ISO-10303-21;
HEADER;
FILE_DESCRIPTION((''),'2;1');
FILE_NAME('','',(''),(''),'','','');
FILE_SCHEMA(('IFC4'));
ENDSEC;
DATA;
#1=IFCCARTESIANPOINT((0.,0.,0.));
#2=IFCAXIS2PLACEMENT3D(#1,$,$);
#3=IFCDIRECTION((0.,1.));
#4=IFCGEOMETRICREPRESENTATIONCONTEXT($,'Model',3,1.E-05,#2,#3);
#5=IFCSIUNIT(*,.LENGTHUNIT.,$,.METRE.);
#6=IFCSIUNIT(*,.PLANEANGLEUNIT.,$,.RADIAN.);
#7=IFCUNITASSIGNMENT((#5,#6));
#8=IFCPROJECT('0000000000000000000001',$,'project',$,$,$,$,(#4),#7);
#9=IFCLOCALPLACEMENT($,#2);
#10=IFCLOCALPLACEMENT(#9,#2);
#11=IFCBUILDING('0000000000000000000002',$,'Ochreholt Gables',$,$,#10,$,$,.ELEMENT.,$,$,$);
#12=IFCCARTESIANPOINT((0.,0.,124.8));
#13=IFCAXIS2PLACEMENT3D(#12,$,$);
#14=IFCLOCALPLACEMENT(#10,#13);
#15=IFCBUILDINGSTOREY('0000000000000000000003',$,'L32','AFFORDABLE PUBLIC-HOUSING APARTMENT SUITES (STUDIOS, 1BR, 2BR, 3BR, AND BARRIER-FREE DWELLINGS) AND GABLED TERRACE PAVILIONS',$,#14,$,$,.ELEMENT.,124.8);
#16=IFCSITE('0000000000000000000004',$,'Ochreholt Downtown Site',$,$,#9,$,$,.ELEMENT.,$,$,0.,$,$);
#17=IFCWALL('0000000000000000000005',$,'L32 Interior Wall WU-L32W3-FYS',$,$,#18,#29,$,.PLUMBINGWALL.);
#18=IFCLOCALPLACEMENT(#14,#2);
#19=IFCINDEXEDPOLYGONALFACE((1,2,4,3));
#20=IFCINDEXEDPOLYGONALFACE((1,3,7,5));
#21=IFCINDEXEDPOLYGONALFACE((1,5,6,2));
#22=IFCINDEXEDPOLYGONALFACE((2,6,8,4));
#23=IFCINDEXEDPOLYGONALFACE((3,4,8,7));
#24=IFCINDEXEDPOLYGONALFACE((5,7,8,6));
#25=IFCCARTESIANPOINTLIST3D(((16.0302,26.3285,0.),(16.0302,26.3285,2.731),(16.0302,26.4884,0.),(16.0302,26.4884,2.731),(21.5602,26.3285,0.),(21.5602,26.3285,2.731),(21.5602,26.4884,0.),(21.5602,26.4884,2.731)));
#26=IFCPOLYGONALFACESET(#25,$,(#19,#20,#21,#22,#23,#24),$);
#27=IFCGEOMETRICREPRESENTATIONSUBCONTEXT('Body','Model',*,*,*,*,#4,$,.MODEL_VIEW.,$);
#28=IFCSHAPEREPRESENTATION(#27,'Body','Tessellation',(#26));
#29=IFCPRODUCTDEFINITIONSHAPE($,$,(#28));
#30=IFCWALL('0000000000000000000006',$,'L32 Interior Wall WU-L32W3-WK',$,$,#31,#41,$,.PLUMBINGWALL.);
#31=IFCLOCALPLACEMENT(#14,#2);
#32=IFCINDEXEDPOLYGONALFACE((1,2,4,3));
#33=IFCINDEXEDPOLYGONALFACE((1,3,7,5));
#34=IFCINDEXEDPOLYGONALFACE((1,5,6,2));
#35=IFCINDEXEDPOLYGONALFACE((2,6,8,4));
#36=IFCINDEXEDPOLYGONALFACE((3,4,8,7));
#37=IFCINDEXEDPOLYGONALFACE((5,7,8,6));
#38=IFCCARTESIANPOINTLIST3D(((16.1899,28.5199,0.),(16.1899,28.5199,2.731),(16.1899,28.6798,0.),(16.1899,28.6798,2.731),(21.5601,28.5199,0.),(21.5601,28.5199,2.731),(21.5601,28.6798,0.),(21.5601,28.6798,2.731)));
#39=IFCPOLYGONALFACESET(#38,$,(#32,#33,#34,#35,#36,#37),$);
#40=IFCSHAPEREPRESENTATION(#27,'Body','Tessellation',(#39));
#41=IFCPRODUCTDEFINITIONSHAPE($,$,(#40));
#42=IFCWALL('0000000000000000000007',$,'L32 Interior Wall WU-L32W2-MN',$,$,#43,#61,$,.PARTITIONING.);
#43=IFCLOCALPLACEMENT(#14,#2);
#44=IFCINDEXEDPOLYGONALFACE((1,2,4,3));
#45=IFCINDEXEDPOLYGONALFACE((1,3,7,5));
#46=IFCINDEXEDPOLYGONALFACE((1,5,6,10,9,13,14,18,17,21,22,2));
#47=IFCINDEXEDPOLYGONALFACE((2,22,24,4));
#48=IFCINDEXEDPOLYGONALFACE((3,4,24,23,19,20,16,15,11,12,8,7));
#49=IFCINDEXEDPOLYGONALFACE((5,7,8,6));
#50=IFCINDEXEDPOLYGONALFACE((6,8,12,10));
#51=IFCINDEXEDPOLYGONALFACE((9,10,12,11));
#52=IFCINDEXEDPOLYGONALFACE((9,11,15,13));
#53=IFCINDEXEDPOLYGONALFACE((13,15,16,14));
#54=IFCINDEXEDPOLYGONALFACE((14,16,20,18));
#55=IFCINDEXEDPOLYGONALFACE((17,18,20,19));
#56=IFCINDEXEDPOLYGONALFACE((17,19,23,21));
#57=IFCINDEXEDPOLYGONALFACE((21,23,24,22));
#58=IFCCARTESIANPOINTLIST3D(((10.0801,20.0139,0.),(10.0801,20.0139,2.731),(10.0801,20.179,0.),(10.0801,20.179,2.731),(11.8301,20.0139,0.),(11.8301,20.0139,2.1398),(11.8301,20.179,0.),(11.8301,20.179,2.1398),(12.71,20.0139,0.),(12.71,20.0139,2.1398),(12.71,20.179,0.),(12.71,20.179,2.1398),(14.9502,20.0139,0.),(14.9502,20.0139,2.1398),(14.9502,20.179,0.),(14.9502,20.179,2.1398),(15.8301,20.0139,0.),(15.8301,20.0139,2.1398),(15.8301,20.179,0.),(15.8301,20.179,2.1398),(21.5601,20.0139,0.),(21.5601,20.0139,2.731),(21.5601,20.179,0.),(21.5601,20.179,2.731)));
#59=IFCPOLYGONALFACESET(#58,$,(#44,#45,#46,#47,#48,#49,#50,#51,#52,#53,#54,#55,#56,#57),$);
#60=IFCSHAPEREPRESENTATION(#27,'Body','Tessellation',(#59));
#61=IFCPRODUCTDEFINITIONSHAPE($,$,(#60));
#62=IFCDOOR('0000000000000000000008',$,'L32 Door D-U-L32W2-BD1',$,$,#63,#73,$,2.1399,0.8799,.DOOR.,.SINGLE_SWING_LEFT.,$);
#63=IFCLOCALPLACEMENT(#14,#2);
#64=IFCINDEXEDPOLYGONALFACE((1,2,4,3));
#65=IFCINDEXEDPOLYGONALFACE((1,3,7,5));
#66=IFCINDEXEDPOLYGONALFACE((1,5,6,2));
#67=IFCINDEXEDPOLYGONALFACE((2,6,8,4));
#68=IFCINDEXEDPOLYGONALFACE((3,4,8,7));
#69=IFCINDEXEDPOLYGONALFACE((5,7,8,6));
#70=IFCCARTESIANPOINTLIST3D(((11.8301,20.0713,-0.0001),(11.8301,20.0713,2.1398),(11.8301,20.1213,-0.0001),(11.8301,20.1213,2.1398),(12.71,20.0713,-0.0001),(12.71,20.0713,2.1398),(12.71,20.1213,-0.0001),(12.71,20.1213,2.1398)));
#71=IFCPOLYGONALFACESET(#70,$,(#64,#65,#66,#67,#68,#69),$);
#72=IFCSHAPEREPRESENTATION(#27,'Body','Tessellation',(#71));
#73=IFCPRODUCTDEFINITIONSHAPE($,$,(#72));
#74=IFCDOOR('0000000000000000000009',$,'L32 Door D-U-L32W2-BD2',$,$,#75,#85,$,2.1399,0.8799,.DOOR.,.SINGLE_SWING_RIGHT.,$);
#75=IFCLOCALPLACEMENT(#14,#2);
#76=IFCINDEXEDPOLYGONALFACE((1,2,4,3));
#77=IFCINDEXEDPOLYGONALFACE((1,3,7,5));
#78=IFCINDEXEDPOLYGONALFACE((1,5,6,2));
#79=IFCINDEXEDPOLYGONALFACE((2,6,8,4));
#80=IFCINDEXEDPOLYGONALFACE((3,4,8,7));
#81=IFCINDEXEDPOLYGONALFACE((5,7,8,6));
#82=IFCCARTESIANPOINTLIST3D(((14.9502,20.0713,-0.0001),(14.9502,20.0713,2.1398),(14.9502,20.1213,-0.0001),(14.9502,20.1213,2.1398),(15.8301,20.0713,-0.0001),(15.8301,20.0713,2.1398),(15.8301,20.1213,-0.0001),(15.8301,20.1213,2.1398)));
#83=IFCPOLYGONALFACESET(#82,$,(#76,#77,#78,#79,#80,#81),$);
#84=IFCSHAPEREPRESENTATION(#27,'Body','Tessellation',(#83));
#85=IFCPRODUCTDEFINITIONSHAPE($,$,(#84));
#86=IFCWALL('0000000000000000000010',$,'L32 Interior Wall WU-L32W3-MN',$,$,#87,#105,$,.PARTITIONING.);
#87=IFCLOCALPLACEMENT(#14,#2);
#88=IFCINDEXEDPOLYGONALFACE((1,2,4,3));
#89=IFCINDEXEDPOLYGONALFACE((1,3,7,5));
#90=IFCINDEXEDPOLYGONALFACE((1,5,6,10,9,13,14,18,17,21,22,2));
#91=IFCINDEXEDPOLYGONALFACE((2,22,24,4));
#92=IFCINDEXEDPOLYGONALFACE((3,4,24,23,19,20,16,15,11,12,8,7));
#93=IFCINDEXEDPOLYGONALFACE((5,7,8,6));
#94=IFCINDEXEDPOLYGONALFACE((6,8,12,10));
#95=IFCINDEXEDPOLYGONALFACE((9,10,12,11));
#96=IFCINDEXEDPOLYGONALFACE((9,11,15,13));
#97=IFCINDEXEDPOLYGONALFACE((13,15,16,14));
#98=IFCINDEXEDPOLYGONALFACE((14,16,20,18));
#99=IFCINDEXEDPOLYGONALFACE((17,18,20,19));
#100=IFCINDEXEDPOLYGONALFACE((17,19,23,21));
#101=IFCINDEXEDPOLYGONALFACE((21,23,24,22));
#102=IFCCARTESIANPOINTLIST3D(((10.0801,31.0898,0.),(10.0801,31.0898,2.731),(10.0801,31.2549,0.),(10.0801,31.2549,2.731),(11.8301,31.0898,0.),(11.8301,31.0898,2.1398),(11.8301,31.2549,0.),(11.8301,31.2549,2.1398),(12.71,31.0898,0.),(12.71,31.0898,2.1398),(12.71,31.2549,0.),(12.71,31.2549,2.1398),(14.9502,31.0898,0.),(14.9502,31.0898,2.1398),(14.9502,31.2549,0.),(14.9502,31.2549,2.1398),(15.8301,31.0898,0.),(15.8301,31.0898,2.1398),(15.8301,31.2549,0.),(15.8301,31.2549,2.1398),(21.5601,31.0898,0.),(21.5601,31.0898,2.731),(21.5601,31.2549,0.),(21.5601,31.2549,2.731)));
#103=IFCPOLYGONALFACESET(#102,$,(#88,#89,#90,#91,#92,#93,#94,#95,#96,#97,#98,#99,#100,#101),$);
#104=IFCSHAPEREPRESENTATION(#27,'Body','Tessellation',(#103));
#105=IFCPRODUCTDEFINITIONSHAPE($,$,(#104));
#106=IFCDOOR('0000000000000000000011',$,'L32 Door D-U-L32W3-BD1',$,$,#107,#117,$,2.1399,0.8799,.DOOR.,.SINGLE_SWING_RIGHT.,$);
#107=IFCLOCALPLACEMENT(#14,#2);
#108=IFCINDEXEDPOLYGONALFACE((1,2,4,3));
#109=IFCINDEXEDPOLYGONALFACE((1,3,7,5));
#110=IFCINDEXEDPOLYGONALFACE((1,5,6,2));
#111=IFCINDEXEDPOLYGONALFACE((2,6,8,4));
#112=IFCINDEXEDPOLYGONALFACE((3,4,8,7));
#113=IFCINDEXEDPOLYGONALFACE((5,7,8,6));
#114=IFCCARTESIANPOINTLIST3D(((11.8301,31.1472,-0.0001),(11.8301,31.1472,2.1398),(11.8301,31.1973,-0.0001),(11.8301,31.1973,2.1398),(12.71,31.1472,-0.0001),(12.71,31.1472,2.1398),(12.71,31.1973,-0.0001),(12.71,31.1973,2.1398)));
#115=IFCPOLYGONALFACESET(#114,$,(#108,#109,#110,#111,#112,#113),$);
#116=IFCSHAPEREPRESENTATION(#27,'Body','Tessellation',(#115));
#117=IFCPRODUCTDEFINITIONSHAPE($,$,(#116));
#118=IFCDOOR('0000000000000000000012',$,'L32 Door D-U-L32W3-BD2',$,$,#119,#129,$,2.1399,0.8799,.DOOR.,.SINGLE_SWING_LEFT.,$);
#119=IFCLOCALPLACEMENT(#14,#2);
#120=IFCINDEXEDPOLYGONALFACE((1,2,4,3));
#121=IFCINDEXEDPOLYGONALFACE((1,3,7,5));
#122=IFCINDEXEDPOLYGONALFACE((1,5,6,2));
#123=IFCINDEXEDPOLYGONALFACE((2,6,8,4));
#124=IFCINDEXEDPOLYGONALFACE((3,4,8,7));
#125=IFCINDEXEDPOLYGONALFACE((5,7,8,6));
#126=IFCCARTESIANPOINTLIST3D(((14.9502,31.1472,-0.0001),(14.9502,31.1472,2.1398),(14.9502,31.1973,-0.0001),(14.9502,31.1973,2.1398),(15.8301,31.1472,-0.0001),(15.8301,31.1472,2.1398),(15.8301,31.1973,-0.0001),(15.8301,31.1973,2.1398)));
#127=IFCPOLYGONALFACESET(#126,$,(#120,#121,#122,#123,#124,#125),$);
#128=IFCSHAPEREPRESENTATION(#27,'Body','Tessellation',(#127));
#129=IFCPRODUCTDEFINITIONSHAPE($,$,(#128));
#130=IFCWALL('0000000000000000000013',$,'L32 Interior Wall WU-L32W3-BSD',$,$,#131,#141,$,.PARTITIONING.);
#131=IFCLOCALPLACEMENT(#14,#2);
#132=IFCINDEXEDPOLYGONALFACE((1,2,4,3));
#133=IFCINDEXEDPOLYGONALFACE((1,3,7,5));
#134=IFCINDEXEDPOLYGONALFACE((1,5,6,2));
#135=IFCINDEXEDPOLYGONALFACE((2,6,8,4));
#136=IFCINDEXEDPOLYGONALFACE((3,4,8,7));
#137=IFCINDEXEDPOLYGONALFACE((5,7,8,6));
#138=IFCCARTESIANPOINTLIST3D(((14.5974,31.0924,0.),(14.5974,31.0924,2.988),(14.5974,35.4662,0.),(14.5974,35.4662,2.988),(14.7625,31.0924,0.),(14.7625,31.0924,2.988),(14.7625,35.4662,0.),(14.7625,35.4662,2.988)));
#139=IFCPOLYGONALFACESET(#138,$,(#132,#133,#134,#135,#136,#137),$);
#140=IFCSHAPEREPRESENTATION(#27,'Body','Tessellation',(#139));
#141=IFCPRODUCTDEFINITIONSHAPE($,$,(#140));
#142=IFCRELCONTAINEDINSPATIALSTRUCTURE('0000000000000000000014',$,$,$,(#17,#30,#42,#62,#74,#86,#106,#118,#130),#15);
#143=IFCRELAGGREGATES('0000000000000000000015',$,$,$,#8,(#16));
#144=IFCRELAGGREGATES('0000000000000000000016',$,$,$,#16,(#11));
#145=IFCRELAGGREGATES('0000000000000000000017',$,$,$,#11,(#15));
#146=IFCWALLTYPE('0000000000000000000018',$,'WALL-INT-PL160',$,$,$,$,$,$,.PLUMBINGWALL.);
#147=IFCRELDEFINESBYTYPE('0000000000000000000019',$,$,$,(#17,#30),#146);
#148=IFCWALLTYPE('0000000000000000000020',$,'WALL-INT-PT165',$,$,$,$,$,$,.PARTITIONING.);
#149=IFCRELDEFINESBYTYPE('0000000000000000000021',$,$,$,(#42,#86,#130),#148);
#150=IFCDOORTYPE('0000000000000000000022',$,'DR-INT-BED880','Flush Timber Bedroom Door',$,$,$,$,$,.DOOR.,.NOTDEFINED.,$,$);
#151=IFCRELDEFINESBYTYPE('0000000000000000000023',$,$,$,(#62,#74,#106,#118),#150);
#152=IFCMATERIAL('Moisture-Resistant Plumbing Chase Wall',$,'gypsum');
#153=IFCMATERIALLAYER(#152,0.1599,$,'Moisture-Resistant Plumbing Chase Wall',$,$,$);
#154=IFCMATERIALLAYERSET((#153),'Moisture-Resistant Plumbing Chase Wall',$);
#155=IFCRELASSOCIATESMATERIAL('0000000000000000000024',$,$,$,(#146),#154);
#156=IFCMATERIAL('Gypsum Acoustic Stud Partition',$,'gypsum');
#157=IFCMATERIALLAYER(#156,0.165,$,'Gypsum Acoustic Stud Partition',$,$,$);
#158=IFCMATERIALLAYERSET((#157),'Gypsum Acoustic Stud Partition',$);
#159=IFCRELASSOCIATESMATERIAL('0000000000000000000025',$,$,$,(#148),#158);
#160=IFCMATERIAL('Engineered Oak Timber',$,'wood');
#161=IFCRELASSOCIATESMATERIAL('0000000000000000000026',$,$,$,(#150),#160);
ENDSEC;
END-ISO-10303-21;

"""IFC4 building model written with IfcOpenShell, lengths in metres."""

from ifc_helpers import new_model, si_unit, direction, frame, frame_2d, origin, place, context, subcontext, project, spatial, rectangle, extrude, material, layer, layer_set, type_object, element, fill, save


model = new_model("IFC4")

# Units and contexts
model_context = context("Model", 3, precision=1e-05, world=origin(), true_north=direction((0.0, 1.0)))
body_context = subcontext(model_context, "Body", "Model", "MODEL_VIEW")
ifc_project = project(units=[si_unit("LENGTHUNIT", "METRE"), si_unit("PLANEANGLEUNIT", "RADIAN")], contexts=[model_context])

# Site, building, storey
site_placement = place(None, origin())
site = spatial("IfcSite", under=ifc_project, at=site_placement, Name="Ochreholt Downtown Site", CompositionType="ELEMENT", RefElevation=0.0)
building_placement = place(site_placement, origin())
building = spatial("IfcBuilding", under=site, at=building_placement, Name="Ochreholt Gables", CompositionType="ELEMENT")
storey_placement = place(building_placement, frame((0.0, 0.0, 124.8)))
storey = spatial("IfcBuildingStorey", under=building, at=storey_placement, Name="L32", Description="AFFORDABLE PUBLIC-HOUSING APARTMENT SUITES (STUDIOS, 1BR, 2BR, 3BR, AND BARRIER-FREE DWELLINGS) AND GABLED TERRACE PAVILIONS", CompositionType="ELEMENT", Elevation=124.8)

# Wall
ifc_material_1 = material(Name="Moisture-Resistant Plumbing Chase Wall", Category="gypsum")
ifc_layer_1 = layer(ifc_material_1, 0.1599, Name="Moisture-Resistant Plumbing Chase Wall")
ifc_layer_set_1 = layer_set([ifc_layer_1], Name="Moisture-Resistant Plumbing Chase Wall")
wall_type_1 = type_object("IfcWallType", Name="WALL-INT-PL160", PredefinedType="PLUMBINGWALL", material=ifc_layer_set_1)
wall_1_placement = place(storey_placement, frame((16.03, 26.4084, 0.0), z_axis=(0.0, 0.0, 1.0), x_axis=(1.0, 0.0, 0.0)))
element("IfcWall", 1, at=wall_1_placement, inside=storey, type_object=wall_type_1, Name="L32 Interior Wall WU-L32W3-FYS", PredefinedType="PLUMBINGWALL", context=body_context, shape_type="SweptSolid", body=[
    extrude(rectangle(XDim=5.53, YDim=0.1599, at=frame_2d((2.7651, 0.0))), origin(), (0.0, 0.0, 1.0), 2.731),
])

# Shared definitions
ifc_material_2 = material(Name="Engineered Oak Timber", Category="wood")

# Wall
wall_2_placement = place(storey_placement, frame((16.1899, 28.5999, 0.0), z_axis=(0.0, 0.0, 1.0), x_axis=(1.0, 0.0, 0.0)))
element("IfcWall", 2, at=wall_2_placement, inside=storey, type_object=wall_type_1, Name="L32 Interior Wall WU-L32W3-WK", PredefinedType="PLUMBINGWALL", context=body_context, shape_type="SweptSolid", body=[
    extrude(rectangle(XDim=5.3701, YDim=0.1599, at=frame_2d((2.6851, 0.0))), origin(), (0.0, 0.0, 1.0), 2.731),
])

# Walls, openings, doors
ifc_material_3 = material(Name="Gypsum Acoustic Stud Partition", Category="gypsum")
ifc_layer_2 = layer(ifc_material_3, 0.165, Name="Gypsum Acoustic Stud Partition")
ifc_layer_set_2 = layer_set([ifc_layer_2], Name="Gypsum Acoustic Stud Partition")
wall_type_2 = type_object("IfcWallType", Name="WALL-INT-PT165", PredefinedType="PARTITIONING", material=ifc_layer_set_2)
wall_3_placement = place(storey_placement, frame((10.0801, 20.0964, 0.0), z_axis=(0.0, 0.0, 1.0), x_axis=(1.0, 0.0, 0.0)))
wall_3 = element("IfcWall", 3, at=wall_3_placement, inside=storey, type_object=wall_type_2, Name="L32 Interior Wall WU-L32W2-MN", PredefinedType="PARTITIONING", context=body_context, shape_type="SweptSolid", body=[
    extrude(rectangle(XDim=11.48, YDim=0.165, at=frame_2d((5.74, 0.0))), origin(), (0.0, 0.0, 1.0), 2.731),
])
opening_1_placement = place(wall_3_placement, frame((1.75, 0.0, 0.0)))
opening_1 = element("IfcOpeningElement", 4, at=opening_1_placement, cuts=wall_3, PredefinedType="OPENING", context=body_context, shape_type="SweptSolid", body=[
    extrude(rectangle(XDim=0.8799, YDim=2.1399, at=frame_2d((0.4399, 1.0698))), frame((0.0, 0.0925, 0.0), z_axis=(0.0, -1.0, 0.0), x_axis=(1.0, 0.0, 0.0)), (0.0, 0.0, 1.0), 0.1851),
])
opening_2_placement = place(wall_3_placement, frame((4.8701, 0.0, 0.0)))
opening_2 = element("IfcOpeningElement", 5, at=opening_2_placement, cuts=wall_3, PredefinedType="OPENING", context=body_context, shape_type="SweptSolid", body=[
    extrude(rectangle(XDim=0.8799, YDim=2.1399, at=frame_2d((0.4399, 1.0698))), frame((0.0, 0.0925, 0.0), z_axis=(0.0, -1.0, 0.0), x_axis=(1.0, 0.0, 0.0)), (0.0, 0.0, 1.0), 0.1851),
])
door_type_1 = type_object("IfcDoorType", Name="DR-INT-BED880", Description="Flush Timber Bedroom Door", OperationType="NOTDEFINED", PredefinedType="DOOR", material=ifc_material_2)
door_1_placement = place(opening_1_placement, origin())
door_1 = element("IfcDoor", 6, at=door_1_placement, inside=storey, type_object=door_type_1, Name="L32 Door D-U-L32W2-BD1", OperationType="SINGLE_SWING_LEFT", OverallHeight=2.1399, OverallWidth=0.8799, PredefinedType="DOOR", context=body_context, shape_type="SweptSolid", body=[
    extrude(rectangle(XDim=0.8799, YDim=2.1399, at=frame_2d((0.4399, 1.0698))), frame((0.0, 0.0249, 0.0), z_axis=(0.0, -1.0, 0.0), x_axis=(1.0, 0.0, 0.0)), (0.0, 0.0, 1.0), 0.05),
])
fill(opening_1, door_1)
door_2_placement = place(opening_2_placement, origin())
door_2 = element("IfcDoor", 7, at=door_2_placement, inside=storey, type_object=door_type_1, Name="L32 Door D-U-L32W2-BD2", OperationType="SINGLE_SWING_RIGHT", OverallHeight=2.1399, OverallWidth=0.8799, PredefinedType="DOOR", context=body_context, shape_type="SweptSolid", body=[
    extrude(rectangle(XDim=0.8799, YDim=2.1399, at=frame_2d((0.4399, 1.0698))), frame((0.0, 0.0249, 0.0), z_axis=(0.0, -1.0, 0.0), x_axis=(1.0, 0.0, 0.0)), (0.0, 0.0, 1.0), 0.05),
])
fill(opening_2, door_2)
wall_4_placement = place(storey_placement, frame((10.0801, 31.1724, 0.0), z_axis=(0.0, 0.0, 1.0), x_axis=(1.0, 0.0, 0.0)))
wall_4 = element("IfcWall", 8, at=wall_4_placement, inside=storey, type_object=wall_type_2, Name="L32 Interior Wall WU-L32W3-MN", PredefinedType="PARTITIONING", context=body_context, shape_type="SweptSolid", body=[
    extrude(rectangle(XDim=11.48, YDim=0.165, at=frame_2d((5.74, 0.0))), origin(), (0.0, 0.0, 1.0), 2.731),
])
opening_3_placement = place(wall_4_placement, frame((1.75, 0.0, 0.0)))
opening_3 = element("IfcOpeningElement", 9, at=opening_3_placement, cuts=wall_4, PredefinedType="OPENING", context=body_context, shape_type="SweptSolid", body=[
    extrude(rectangle(XDim=0.8799, YDim=2.1399, at=frame_2d((0.4399, 1.0698))), frame((0.0, 0.0925, 0.0), z_axis=(0.0, -1.0, 0.0), x_axis=(1.0, 0.0, 0.0)), (0.0, 0.0, 1.0), 0.1851),
])
opening_4_placement = place(wall_4_placement, frame((4.8701, 0.0, 0.0)))
opening_4 = element("IfcOpeningElement", 10, at=opening_4_placement, cuts=wall_4, PredefinedType="OPENING", context=body_context, shape_type="SweptSolid", body=[
    extrude(rectangle(XDim=0.8799, YDim=2.1399, at=frame_2d((0.4399, 1.0698))), frame((0.0, 0.0925, 0.0), z_axis=(0.0, -1.0, 0.0), x_axis=(1.0, 0.0, 0.0)), (0.0, 0.0, 1.0), 0.1851),
])
door_3_placement = place(opening_3_placement, origin())
door_3 = element("IfcDoor", 11, at=door_3_placement, inside=storey, type_object=door_type_1, Name="L32 Door D-U-L32W3-BD1", OperationType="SINGLE_SWING_RIGHT", OverallHeight=2.1399, OverallWidth=0.8799, PredefinedType="DOOR", context=body_context, shape_type="SweptSolid", body=[
    extrude(rectangle(XDim=0.8799, YDim=2.1399, at=frame_2d((0.4399, 1.0698))), frame((0.0, 0.0249, 0.0), z_axis=(0.0, -1.0, 0.0), x_axis=(1.0, 0.0, 0.0)), (0.0, 0.0, 1.0), 0.05),
])
fill(opening_3, door_3)
door_4_placement = place(opening_4_placement, origin())
door_4 = element("IfcDoor", 12, at=door_4_placement, inside=storey, type_object=door_type_1, Name="L32 Door D-U-L32W3-BD2", OperationType="SINGLE_SWING_LEFT", OverallHeight=2.1399, OverallWidth=0.8799, PredefinedType="DOOR", context=body_context, shape_type="SweptSolid", body=[
    extrude(rectangle(XDim=0.8799, YDim=2.1399, at=frame_2d((0.4399, 1.0698))), frame((0.0, 0.0249, 0.0), z_axis=(0.0, -1.0, 0.0), x_axis=(1.0, 0.0, 0.0)), (0.0, 0.0, 1.0), 0.05),
])
fill(opening_4, door_4)

# Wall
wall_5_placement = place(storey_placement, frame((14.6799, 31.0923, 0.0), z_axis=(0.0, 0.0, 1.0), x_axis=(0.0, 1.0, 0.0)))
element("IfcWall", 13, at=wall_5_placement, inside=storey, type_object=wall_type_2, Name="L32 Interior Wall WU-L32W3-BSD", PredefinedType="PARTITIONING", context=body_context, shape_type="SweptSolid", body=[
    extrude(rectangle(XDim=4.3738, YDim=0.165, at=frame_2d((2.187, 0.0))), origin(), (0.0, 0.0, 1.0), 2.988),
])

save(model, "model.ifc")
